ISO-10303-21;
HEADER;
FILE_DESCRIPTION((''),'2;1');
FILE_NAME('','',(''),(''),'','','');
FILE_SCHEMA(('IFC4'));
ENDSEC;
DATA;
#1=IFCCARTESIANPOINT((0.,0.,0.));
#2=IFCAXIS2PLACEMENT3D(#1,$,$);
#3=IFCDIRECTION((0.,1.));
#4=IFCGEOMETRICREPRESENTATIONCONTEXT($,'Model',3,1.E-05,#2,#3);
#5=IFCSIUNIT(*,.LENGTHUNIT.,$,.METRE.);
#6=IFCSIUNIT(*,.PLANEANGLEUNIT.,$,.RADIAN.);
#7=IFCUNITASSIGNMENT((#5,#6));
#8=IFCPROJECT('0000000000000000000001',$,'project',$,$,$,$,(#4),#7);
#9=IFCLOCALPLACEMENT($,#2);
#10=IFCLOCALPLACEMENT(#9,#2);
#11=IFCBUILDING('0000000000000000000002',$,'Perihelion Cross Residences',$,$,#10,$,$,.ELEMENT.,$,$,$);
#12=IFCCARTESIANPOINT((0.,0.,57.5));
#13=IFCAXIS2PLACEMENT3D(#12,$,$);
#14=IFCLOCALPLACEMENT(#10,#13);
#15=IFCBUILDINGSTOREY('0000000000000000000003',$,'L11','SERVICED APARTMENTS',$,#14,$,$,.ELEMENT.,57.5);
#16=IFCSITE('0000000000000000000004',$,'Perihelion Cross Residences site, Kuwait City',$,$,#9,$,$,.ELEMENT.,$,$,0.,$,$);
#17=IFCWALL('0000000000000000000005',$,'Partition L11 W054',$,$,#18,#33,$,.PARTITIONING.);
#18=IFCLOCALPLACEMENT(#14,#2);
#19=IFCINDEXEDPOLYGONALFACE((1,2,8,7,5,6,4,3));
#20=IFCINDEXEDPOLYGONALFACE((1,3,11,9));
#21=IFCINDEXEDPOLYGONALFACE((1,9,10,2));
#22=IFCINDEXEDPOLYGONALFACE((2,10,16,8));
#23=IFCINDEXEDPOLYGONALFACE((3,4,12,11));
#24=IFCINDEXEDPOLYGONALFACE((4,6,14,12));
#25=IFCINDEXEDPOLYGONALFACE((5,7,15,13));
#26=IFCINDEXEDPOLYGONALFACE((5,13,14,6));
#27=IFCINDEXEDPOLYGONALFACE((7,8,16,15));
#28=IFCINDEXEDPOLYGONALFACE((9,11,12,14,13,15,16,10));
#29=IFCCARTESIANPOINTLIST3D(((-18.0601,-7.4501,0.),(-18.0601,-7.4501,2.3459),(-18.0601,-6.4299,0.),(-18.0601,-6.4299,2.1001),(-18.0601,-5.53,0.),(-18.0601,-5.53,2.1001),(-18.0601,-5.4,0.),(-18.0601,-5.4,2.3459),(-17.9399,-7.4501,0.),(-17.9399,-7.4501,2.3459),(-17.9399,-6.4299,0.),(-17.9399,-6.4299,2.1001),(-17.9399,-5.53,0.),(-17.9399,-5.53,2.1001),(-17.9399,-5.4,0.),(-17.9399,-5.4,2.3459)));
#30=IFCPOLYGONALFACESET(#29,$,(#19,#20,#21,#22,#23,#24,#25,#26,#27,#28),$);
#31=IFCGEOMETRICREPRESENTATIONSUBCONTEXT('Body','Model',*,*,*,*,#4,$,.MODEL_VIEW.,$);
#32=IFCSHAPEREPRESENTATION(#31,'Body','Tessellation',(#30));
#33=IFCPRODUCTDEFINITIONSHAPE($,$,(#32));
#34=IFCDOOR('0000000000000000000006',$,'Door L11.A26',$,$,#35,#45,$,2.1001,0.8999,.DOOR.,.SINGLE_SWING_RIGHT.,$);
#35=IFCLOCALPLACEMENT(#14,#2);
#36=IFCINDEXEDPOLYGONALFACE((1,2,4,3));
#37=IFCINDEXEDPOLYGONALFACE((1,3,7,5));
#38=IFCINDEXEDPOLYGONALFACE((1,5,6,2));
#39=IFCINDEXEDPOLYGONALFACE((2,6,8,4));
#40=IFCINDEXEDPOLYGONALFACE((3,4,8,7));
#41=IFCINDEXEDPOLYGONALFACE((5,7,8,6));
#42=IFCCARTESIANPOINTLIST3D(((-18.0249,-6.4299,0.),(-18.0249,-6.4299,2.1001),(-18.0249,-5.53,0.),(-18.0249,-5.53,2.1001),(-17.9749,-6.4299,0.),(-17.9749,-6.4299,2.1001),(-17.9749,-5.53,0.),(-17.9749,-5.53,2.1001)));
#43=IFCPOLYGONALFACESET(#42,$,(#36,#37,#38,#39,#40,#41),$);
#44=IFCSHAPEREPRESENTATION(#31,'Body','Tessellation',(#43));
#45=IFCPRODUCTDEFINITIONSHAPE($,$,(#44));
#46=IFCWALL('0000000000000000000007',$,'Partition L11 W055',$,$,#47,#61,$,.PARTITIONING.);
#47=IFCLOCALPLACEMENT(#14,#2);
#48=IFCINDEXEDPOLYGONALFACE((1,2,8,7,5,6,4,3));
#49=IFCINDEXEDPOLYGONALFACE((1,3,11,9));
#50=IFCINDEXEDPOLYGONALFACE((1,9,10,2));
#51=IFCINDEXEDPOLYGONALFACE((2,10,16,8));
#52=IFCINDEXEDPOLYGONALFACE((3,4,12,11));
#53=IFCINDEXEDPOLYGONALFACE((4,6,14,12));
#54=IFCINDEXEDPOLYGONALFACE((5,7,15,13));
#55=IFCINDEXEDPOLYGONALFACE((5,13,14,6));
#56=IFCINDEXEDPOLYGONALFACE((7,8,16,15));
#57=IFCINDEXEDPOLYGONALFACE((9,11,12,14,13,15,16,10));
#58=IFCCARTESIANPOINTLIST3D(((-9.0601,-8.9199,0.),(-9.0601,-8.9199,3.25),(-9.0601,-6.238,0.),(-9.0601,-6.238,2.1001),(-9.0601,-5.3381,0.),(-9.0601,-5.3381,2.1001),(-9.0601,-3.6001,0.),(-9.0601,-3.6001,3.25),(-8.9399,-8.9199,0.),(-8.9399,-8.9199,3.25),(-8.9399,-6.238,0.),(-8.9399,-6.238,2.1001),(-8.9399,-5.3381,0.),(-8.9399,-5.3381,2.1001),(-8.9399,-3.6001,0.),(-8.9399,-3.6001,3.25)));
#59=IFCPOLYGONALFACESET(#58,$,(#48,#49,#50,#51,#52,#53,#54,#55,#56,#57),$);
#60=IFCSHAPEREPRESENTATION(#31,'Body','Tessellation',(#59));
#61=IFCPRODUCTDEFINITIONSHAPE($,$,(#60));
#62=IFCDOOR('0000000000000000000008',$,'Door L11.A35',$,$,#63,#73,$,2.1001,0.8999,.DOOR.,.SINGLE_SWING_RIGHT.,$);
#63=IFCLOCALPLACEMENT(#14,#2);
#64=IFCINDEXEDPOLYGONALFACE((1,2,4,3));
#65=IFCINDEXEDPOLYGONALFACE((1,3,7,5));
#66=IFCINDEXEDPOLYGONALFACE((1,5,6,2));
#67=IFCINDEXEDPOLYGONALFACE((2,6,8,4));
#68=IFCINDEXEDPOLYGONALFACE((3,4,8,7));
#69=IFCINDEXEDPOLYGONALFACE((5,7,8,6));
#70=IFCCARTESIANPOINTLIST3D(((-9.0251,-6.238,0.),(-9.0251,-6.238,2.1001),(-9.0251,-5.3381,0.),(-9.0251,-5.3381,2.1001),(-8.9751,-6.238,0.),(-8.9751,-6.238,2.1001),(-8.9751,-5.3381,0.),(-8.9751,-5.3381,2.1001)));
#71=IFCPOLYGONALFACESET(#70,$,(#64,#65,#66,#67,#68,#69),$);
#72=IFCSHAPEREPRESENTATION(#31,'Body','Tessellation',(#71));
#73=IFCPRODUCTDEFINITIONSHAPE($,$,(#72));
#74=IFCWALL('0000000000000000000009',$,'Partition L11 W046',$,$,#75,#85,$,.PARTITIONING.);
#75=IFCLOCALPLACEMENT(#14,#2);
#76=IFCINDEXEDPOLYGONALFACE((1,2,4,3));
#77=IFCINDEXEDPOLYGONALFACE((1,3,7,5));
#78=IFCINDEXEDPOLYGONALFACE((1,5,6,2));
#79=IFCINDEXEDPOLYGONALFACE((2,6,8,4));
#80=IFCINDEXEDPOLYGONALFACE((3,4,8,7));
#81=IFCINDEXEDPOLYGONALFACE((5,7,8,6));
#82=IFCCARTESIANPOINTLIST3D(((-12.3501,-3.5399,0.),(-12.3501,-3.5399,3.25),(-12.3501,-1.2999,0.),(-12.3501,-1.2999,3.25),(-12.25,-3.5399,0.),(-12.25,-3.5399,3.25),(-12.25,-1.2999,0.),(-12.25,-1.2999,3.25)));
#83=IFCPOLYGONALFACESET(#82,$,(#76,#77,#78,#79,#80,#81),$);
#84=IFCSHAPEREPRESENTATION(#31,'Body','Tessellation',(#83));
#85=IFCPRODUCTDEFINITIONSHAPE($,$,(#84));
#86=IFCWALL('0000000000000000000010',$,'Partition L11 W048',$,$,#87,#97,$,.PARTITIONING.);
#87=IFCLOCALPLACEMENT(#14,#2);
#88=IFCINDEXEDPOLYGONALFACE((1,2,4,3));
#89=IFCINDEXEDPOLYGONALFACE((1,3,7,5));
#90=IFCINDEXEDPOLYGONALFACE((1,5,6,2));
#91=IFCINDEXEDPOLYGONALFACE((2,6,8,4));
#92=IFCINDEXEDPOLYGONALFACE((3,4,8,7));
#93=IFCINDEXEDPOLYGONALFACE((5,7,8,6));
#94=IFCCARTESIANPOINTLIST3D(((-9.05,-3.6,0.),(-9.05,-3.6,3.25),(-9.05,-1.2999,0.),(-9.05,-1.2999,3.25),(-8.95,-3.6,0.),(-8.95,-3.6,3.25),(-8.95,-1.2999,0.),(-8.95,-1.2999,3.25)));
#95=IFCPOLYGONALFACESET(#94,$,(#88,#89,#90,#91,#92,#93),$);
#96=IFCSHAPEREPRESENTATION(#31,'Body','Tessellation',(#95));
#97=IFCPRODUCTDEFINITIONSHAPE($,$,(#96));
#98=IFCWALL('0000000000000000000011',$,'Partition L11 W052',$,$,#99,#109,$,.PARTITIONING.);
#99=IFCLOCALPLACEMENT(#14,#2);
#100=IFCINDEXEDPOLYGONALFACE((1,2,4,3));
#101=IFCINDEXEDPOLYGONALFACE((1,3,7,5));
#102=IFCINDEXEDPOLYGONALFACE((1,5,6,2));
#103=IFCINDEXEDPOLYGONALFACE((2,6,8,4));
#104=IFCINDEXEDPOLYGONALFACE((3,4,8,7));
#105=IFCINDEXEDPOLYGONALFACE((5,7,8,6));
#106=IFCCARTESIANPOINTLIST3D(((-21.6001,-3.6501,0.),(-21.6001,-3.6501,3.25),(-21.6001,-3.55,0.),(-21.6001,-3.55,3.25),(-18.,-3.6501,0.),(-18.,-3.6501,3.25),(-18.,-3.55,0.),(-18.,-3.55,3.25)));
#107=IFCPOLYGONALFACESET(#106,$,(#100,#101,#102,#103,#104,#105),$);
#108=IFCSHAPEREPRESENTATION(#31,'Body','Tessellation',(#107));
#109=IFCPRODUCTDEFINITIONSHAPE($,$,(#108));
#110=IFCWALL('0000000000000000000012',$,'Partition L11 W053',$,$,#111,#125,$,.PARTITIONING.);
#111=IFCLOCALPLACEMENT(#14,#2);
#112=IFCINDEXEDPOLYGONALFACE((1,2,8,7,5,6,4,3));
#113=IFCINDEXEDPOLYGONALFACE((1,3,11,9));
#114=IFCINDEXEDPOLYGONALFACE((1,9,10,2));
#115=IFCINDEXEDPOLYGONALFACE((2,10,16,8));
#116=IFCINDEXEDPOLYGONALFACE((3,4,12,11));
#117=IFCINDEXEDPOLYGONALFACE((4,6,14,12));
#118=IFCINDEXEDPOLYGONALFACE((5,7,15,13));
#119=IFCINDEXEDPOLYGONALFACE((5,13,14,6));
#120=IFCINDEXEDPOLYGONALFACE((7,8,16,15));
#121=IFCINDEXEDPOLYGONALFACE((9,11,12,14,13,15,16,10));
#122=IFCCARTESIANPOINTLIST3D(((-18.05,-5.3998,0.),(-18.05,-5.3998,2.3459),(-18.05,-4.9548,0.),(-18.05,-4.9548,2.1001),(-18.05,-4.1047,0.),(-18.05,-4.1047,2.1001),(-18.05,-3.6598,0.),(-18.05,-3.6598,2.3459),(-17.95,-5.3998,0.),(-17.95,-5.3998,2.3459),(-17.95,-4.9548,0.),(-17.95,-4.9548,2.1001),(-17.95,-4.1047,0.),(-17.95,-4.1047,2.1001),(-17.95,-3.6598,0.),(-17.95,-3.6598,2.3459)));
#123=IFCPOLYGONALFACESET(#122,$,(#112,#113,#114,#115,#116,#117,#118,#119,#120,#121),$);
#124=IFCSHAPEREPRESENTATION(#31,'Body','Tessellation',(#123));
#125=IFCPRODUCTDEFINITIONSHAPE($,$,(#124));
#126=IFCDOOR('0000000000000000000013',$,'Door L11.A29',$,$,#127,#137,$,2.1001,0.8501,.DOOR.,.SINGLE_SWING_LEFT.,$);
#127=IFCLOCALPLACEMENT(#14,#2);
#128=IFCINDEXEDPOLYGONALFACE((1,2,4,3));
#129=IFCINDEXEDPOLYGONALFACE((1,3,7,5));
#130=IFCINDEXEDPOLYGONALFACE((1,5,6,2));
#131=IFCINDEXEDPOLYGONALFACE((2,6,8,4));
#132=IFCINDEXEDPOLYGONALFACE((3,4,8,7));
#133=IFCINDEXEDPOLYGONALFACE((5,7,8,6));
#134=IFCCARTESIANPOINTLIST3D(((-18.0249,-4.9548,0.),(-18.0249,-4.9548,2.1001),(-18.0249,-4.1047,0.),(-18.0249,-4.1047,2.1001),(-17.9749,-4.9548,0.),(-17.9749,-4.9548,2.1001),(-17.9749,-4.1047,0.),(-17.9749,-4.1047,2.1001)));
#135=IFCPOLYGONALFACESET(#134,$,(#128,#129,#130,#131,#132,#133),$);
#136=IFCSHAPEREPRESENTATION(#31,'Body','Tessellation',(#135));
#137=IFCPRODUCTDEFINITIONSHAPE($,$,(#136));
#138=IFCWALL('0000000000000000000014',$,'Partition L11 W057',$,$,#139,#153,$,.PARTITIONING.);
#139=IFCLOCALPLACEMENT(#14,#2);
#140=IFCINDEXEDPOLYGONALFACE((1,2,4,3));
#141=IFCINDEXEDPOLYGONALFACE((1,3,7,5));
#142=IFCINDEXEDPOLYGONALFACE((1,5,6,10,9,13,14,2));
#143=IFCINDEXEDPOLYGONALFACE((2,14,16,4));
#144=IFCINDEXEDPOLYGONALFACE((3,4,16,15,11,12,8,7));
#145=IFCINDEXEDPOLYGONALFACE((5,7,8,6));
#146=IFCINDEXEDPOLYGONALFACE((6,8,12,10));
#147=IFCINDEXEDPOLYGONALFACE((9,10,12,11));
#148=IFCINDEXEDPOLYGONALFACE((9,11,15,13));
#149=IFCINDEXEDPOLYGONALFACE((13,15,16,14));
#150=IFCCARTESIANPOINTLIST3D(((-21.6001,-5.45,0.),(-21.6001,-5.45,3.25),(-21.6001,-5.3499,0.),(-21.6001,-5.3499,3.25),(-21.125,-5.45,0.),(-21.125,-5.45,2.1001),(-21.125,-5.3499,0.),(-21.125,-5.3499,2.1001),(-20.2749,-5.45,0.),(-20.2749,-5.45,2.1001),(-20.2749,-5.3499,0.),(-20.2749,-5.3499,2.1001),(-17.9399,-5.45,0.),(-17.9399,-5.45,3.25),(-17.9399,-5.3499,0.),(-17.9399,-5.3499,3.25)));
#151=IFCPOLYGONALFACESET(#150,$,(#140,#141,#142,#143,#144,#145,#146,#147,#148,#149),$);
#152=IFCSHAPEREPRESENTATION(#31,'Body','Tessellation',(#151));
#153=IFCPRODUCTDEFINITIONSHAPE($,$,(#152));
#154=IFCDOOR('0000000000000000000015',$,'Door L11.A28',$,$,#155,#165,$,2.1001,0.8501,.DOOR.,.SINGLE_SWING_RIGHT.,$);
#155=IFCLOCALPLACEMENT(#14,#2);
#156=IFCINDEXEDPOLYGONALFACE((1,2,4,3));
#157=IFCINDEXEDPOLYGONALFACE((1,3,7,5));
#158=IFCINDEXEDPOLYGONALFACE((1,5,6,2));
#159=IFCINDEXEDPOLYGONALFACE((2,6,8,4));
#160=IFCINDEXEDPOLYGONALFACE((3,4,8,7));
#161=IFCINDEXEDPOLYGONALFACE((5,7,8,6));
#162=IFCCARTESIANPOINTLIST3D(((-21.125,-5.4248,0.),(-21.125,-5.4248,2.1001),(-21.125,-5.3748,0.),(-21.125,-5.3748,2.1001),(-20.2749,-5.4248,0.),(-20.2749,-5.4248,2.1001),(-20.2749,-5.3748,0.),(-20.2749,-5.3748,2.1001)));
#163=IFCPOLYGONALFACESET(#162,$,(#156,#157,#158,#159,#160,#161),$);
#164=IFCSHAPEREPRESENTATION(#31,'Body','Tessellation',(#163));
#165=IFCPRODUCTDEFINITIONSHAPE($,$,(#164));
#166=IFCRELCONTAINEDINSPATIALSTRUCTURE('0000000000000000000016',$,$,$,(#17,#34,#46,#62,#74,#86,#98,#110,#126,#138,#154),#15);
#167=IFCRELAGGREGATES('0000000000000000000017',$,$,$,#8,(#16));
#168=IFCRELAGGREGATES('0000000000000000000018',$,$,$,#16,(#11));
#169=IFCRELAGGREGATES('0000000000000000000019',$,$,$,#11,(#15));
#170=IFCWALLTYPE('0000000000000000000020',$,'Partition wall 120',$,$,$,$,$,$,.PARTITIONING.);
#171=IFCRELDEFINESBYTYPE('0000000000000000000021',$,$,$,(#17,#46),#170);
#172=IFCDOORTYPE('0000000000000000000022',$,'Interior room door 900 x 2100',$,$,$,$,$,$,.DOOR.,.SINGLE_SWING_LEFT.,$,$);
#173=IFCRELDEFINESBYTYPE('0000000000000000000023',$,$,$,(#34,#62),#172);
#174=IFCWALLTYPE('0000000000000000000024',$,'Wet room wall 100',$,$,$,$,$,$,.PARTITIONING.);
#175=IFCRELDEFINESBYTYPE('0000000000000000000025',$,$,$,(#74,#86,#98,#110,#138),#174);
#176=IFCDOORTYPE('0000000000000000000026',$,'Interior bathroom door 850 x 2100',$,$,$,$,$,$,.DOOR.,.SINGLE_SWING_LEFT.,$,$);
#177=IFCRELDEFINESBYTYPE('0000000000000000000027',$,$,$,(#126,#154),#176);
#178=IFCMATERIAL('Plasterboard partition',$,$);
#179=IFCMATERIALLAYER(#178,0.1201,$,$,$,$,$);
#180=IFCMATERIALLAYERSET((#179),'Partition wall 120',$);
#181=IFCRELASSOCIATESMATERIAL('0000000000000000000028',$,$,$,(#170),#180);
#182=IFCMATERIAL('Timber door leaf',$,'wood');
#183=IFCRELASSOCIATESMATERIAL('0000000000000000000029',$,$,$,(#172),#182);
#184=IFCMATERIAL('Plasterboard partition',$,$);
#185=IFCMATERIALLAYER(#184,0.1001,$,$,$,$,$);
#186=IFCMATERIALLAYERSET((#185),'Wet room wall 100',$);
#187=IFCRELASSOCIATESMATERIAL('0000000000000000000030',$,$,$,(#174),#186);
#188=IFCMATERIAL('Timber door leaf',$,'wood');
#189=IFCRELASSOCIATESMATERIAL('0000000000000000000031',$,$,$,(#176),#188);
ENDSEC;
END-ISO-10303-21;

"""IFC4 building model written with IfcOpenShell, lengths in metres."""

from ifc_helpers import new_model, si_unit, direction, frame, frame_2d, origin, place, context, subcontext, project, spatial, rectangle, extrude, material, layer, layer_set, type_object, element, fill, save


model = new_model("IFC4")

# Units and contexts
model_context = context("Model", 3, precision=1e-05, world=origin(), true_north=direction((0.0, 1.0)))
body_context = subcontext(model_context, "Body", "Model", "MODEL_VIEW")
ifc_project = project(units=[si_unit("LENGTHUNIT", "METRE"), si_unit("PLANEANGLEUNIT", "RADIAN")], contexts=[model_context])

# Site, building, storey
site_placement = place(None, origin())
site = spatial("IfcSite", under=ifc_project, at=site_placement, Name="Perihelion Cross Residences site, Kuwait City", CompositionType="ELEMENT", RefElevation=0.0)
building_placement = place(site_placement, origin())
building = spatial("IfcBuilding", under=site, at=building_placement, Name="Perihelion Cross Residences", CompositionType="ELEMENT")
storey_placement = place(building_placement, frame((0.0, 0.0, 57.5)))
storey = spatial("IfcBuildingStorey", under=building, at=storey_placement, Name="L11", Description="SERVICED APARTMENTS", CompositionType="ELEMENT", Elevation=57.5)

# Walls, openings, doors
ifc_material_1 = material(Name="Plasterboard partition")
ifc_layer_1 = layer(ifc_material_1, 0.1201)
ifc_layer_set_1 = layer_set([ifc_layer_1], Name="Partition wall 120")
wall_type_1 = type_object("IfcWallType", Name="Partition wall 120", PredefinedType="PARTITIONING", material=ifc_layer_set_1)
ifc_material_2 = material(Name="Timber door leaf", Category="wood")
door_type_1 = type_object("IfcDoorType", Name="Interior room door 900 x 2100", OperationType="SINGLE_SWING_LEFT", PredefinedType="DOOR", material=ifc_material_2)
wall_1_placement = place(storey_placement, frame((-18.0, -7.45, 0.0), z_axis=(0.0, 0.0, 1.0), x_axis=(0.0, 1.0, 0.0)))
wall_1 = element("IfcWall", 1, at=wall_1_placement, inside=storey, type_object=wall_type_1, Name="Partition L11 W054", PredefinedType="PARTITIONING", context=body_context, shape_type="SweptSolid", body=[
    extrude(rectangle(XDim=2.05, YDim=0.1201, at=frame_2d((1.0249, 0.0))), origin(), (0.0, 0.0, 1.0), 2.3459),
])
opening_1_placement = place(wall_1_placement, frame((1.02, 0.0, 0.0)))
opening_1 = element("IfcOpeningElement", 2, at=opening_1_placement, cuts=wall_1, PredefinedType="OPENING", context=body_context, shape_type="SweptSolid", body=[
    extrude(rectangle(XDim=0.8999, YDim=2.1001, at=frame_2d((0.45, 1.05))), frame((0.0, 0.0701, 0.0), z_axis=(0.0, -1.0, 0.0), x_axis=(1.0, 0.0, 0.0)), (0.0, 0.0, 1.0), 0.1401),
])
door_1_placement = place(opening_1_placement, origin())
door_1 = element("IfcDoor", 3, at=door_1_placement, inside=storey, type_object=door_type_1, Name="Door L11.A26", OperationType="SINGLE_SWING_RIGHT", OverallHeight=2.1001, OverallWidth=0.8999, PredefinedType="DOOR", context=body_context, shape_type="SweptSolid", body=[
    extrude(rectangle(XDim=0.8999, YDim=2.1001, at=frame_2d((0.45, 1.05))), frame((0.0, 0.0249, 0.0), z_axis=(0.0, -1.0, 0.0), x_axis=(1.0, 0.0, 0.0)), (0.0, 0.0, 1.0), 0.05),
])
fill(opening_1, door_1)
wall_2_placement = place(storey_placement, frame((-9.0, -3.6001, 0.0), z_axis=(0.0, 0.0, 1.0), x_axis=(0.0, -1.0, 0.0)))
wall_2 = element("IfcWall", 4, at=wall_2_placement, inside=storey, type_object=wall_type_1, Name="Partition L11 W055", PredefinedType="PARTITIONING", context=body_context, shape_type="SweptSolid", body=[
    extrude(rectangle(XDim=5.3198, YDim=0.1201, at=frame_2d((2.6599, 0.0))), origin(), (0.0, 0.0, 1.0), 3.25),
])
opening_2_placement = place(wall_2_placement, frame((1.738, 0.0, 0.0)))
opening_2 = element("IfcOpeningElement", 5, at=opening_2_placement, cuts=wall_2, PredefinedType="OPENING", context=body_context, shape_type="SweptSolid", body=[
    extrude(rectangle(XDim=0.8999, YDim=2.1001, at=frame_2d((0.45, 1.05))), frame((0.0, 0.0701, 0.0), z_axis=(0.0, -1.0, 0.0), x_axis=(1.0, 0.0, 0.0)), (0.0, 0.0, 1.0), 0.1401),
])
door_2_placement = place(opening_2_placement, origin())
door_2 = element("IfcDoor", 6, at=door_2_placement, inside=storey, type_object=door_type_1, Name="Door L11.A35", OperationType="SINGLE_SWING_RIGHT", OverallHeight=2.1001, OverallWidth=0.8999, PredefinedType="DOOR", context=body_context, shape_type="SweptSolid", body=[
    extrude(rectangle(XDim=0.8999, YDim=2.1001, at=frame_2d((0.45, 1.05))), frame((0.0, 0.0249, 0.0), z_axis=(0.0, -1.0, 0.0), x_axis=(1.0, 0.0, 0.0)), (0.0, 0.0, 1.0), 0.05),
])
fill(opening_2, door_2)

# Walls
ifc_material_3 = material(Name="Plasterboard partition")
ifc_layer_2 = layer(ifc_material_3, 0.1001)
ifc_layer_set_2 = layer_set([ifc_layer_2], Name="Wet room wall 100")
wall_type_2 = type_object("IfcWallType", Name="Wet room wall 100", PredefinedType="PARTITIONING", material=ifc_layer_set_2)
wall_3_placement = place(storey_placement, frame((-12.3, -3.54, 0.0), z_axis=(0.0, 0.0, 1.0), x_axis=(0.0, 1.0, 0.0)))
element("IfcWall", 7, at=wall_3_placement, inside=storey, type_object=wall_type_2, Name="Partition L11 W046", PredefinedType="PARTITIONING", context=body_context, shape_type="SweptSolid", body=[
    extrude(rectangle(XDim=2.24, YDim=0.1001, at=frame_2d((1.1201, 0.0))), origin(), (0.0, 0.0, 1.0), 3.25),
])
wall_4_placement = place(storey_placement, frame((-9.0, -1.3, 0.0), z_axis=(0.0, 0.0, 1.0), x_axis=(0.0, -1.0, 0.0)))
element("IfcWall", 8, at=wall_4_placement, inside=storey, type_object=wall_type_2, Name="Partition L11 W048", PredefinedType="PARTITIONING", context=body_context, shape_type="SweptSolid", body=[
    extrude(rectangle(XDim=2.3, YDim=0.1001, at=frame_2d((1.1499, 0.0))), origin(), (0.0, 0.0, 1.0), 3.25),
])
wall_5_placement = place(storey_placement, frame((-18.0, -3.6001, 0.0), z_axis=(0.0, 0.0, 1.0), x_axis=(-1.0, 0.0, 0.0)))
element("IfcWall", 9, at=wall_5_placement, inside=storey, type_object=wall_type_2, Name="Partition L11 W052", PredefinedType="PARTITIONING", context=body_context, shape_type="SweptSolid", body=[
    extrude(rectangle(XDim=3.6001, YDim=0.1001, at=frame_2d((1.8, 0.0))), origin(), (0.0, 0.0, 1.0), 3.25),
])

# Walls, openings, doors
wall_6_placement = place(storey_placement, frame((-18.0, -5.3999, 0.0), z_axis=(0.0, 0.0, 1.0), x_axis=(0.0, 1.0, 0.0)))
wall_6 = element("IfcWall", 10, at=wall_6_placement, inside=storey, type_object=wall_type_2, Name="Partition L11 W053", PredefinedType="PARTITIONING", context=body_context, shape_type="SweptSolid", body=[
    extrude(rectangle(XDim=1.74, YDim=0.1001, at=frame_2d((0.8701, 0.0))), origin(), (0.0, 0.0, 1.0), 2.3459),
])
opening_3_placement = place(wall_6_placement, frame((0.4451, 0.0, 0.0)))
opening_3 = element("IfcOpeningElement", 11, at=opening_3_placement, cuts=wall_6, PredefinedType="OPENING", context=body_context, shape_type="SweptSolid", body=[
    extrude(rectangle(XDim=0.8501, YDim=2.1001, at=frame_2d((0.425, 1.05))), frame((0.0, 0.0601, 0.0), z_axis=(0.0, -1.0, 0.0), x_axis=(1.0, 0.0, 0.0)), (0.0, 0.0, 1.0), 0.1201),
])
ifc_material_4 = material(Name="Timber door leaf", Category="wood")
door_type_2 = type_object("IfcDoorType", Name="Interior bathroom door 850 x 2100", OperationType="SINGLE_SWING_LEFT", PredefinedType="DOOR", material=ifc_material_4)
door_3_placement = place(opening_3_placement, origin())
door_3 = element("IfcDoor", 12, at=door_3_placement, inside=storey, type_object=door_type_2, Name="Door L11.A29", OperationType="SINGLE_SWING_LEFT", OverallHeight=2.1001, OverallWidth=0.8501, PredefinedType="DOOR", context=body_context, shape_type="SweptSolid", body=[
    extrude(rectangle(XDim=0.8501, YDim=2.1001, at=frame_2d((0.425, 1.05))), frame((0.0, 0.0249, 0.0), z_axis=(0.0, -1.0, 0.0), x_axis=(1.0, 0.0, 0.0)), (0.0, 0.0, 1.0), 0.05),
])
fill(opening_3, door_3)
wall_7_placement = place(storey_placement, frame((-17.9399, -5.3999, 0.0), z_axis=(0.0, 0.0, 1.0), x_axis=(-1.0, 0.0, 0.0)))
wall_7 = element("IfcWall", 13, at=wall_7_placement, inside=storey, type_object=wall_type_2, Name="Partition L11 W057", PredefinedType="PARTITIONING", context=body_context, shape_type="SweptSolid", body=[
    extrude(rectangle(XDim=3.6602, YDim=0.1001, at=frame_2d((1.8301, 0.0))), origin(), (0.0, 0.0, 1.0), 3.25),
])
opening_4_placement = place(wall_7_placement, frame((2.335, 0.0, 0.0)))
opening_4 = element("IfcOpeningElement", 14, at=opening_4_placement, cuts=wall_7, PredefinedType="OPENING", context=body_context, shape_type="SweptSolid", body=[
    extrude(rectangle(XDim=0.8501, YDim=2.1001, at=frame_2d((0.425, 1.05))), frame((0.0, 0.0601, 0.0), z_axis=(0.0, -1.0, 0.0), x_axis=(1.0, 0.0, 0.0)), (0.0, 0.0, 1.0), 0.1201),
])
door_4_placement = place(opening_4_placement, origin())
door_4 = element("IfcDoor", 15, at=door_4_placement, inside=storey, type_object=door_type_2, Name="Door L11.A28", OperationType="SINGLE_SWING_RIGHT", OverallHeight=2.1001, OverallWidth=0.8501, PredefinedType="DOOR", context=body_context, shape_type="SweptSolid", body=[
    extrude(rectangle(XDim=0.8501, YDim=2.1001, at=frame_2d((0.425, 1.05))), frame((0.0, 0.0249, 0.0), z_axis=(0.0, -1.0, 0.0), x_axis=(1.0, 0.0, 0.0)), (0.0, 0.0, 1.0), 0.05),
])
fill(opening_4, door_4)

save(model, "model.ifc")
